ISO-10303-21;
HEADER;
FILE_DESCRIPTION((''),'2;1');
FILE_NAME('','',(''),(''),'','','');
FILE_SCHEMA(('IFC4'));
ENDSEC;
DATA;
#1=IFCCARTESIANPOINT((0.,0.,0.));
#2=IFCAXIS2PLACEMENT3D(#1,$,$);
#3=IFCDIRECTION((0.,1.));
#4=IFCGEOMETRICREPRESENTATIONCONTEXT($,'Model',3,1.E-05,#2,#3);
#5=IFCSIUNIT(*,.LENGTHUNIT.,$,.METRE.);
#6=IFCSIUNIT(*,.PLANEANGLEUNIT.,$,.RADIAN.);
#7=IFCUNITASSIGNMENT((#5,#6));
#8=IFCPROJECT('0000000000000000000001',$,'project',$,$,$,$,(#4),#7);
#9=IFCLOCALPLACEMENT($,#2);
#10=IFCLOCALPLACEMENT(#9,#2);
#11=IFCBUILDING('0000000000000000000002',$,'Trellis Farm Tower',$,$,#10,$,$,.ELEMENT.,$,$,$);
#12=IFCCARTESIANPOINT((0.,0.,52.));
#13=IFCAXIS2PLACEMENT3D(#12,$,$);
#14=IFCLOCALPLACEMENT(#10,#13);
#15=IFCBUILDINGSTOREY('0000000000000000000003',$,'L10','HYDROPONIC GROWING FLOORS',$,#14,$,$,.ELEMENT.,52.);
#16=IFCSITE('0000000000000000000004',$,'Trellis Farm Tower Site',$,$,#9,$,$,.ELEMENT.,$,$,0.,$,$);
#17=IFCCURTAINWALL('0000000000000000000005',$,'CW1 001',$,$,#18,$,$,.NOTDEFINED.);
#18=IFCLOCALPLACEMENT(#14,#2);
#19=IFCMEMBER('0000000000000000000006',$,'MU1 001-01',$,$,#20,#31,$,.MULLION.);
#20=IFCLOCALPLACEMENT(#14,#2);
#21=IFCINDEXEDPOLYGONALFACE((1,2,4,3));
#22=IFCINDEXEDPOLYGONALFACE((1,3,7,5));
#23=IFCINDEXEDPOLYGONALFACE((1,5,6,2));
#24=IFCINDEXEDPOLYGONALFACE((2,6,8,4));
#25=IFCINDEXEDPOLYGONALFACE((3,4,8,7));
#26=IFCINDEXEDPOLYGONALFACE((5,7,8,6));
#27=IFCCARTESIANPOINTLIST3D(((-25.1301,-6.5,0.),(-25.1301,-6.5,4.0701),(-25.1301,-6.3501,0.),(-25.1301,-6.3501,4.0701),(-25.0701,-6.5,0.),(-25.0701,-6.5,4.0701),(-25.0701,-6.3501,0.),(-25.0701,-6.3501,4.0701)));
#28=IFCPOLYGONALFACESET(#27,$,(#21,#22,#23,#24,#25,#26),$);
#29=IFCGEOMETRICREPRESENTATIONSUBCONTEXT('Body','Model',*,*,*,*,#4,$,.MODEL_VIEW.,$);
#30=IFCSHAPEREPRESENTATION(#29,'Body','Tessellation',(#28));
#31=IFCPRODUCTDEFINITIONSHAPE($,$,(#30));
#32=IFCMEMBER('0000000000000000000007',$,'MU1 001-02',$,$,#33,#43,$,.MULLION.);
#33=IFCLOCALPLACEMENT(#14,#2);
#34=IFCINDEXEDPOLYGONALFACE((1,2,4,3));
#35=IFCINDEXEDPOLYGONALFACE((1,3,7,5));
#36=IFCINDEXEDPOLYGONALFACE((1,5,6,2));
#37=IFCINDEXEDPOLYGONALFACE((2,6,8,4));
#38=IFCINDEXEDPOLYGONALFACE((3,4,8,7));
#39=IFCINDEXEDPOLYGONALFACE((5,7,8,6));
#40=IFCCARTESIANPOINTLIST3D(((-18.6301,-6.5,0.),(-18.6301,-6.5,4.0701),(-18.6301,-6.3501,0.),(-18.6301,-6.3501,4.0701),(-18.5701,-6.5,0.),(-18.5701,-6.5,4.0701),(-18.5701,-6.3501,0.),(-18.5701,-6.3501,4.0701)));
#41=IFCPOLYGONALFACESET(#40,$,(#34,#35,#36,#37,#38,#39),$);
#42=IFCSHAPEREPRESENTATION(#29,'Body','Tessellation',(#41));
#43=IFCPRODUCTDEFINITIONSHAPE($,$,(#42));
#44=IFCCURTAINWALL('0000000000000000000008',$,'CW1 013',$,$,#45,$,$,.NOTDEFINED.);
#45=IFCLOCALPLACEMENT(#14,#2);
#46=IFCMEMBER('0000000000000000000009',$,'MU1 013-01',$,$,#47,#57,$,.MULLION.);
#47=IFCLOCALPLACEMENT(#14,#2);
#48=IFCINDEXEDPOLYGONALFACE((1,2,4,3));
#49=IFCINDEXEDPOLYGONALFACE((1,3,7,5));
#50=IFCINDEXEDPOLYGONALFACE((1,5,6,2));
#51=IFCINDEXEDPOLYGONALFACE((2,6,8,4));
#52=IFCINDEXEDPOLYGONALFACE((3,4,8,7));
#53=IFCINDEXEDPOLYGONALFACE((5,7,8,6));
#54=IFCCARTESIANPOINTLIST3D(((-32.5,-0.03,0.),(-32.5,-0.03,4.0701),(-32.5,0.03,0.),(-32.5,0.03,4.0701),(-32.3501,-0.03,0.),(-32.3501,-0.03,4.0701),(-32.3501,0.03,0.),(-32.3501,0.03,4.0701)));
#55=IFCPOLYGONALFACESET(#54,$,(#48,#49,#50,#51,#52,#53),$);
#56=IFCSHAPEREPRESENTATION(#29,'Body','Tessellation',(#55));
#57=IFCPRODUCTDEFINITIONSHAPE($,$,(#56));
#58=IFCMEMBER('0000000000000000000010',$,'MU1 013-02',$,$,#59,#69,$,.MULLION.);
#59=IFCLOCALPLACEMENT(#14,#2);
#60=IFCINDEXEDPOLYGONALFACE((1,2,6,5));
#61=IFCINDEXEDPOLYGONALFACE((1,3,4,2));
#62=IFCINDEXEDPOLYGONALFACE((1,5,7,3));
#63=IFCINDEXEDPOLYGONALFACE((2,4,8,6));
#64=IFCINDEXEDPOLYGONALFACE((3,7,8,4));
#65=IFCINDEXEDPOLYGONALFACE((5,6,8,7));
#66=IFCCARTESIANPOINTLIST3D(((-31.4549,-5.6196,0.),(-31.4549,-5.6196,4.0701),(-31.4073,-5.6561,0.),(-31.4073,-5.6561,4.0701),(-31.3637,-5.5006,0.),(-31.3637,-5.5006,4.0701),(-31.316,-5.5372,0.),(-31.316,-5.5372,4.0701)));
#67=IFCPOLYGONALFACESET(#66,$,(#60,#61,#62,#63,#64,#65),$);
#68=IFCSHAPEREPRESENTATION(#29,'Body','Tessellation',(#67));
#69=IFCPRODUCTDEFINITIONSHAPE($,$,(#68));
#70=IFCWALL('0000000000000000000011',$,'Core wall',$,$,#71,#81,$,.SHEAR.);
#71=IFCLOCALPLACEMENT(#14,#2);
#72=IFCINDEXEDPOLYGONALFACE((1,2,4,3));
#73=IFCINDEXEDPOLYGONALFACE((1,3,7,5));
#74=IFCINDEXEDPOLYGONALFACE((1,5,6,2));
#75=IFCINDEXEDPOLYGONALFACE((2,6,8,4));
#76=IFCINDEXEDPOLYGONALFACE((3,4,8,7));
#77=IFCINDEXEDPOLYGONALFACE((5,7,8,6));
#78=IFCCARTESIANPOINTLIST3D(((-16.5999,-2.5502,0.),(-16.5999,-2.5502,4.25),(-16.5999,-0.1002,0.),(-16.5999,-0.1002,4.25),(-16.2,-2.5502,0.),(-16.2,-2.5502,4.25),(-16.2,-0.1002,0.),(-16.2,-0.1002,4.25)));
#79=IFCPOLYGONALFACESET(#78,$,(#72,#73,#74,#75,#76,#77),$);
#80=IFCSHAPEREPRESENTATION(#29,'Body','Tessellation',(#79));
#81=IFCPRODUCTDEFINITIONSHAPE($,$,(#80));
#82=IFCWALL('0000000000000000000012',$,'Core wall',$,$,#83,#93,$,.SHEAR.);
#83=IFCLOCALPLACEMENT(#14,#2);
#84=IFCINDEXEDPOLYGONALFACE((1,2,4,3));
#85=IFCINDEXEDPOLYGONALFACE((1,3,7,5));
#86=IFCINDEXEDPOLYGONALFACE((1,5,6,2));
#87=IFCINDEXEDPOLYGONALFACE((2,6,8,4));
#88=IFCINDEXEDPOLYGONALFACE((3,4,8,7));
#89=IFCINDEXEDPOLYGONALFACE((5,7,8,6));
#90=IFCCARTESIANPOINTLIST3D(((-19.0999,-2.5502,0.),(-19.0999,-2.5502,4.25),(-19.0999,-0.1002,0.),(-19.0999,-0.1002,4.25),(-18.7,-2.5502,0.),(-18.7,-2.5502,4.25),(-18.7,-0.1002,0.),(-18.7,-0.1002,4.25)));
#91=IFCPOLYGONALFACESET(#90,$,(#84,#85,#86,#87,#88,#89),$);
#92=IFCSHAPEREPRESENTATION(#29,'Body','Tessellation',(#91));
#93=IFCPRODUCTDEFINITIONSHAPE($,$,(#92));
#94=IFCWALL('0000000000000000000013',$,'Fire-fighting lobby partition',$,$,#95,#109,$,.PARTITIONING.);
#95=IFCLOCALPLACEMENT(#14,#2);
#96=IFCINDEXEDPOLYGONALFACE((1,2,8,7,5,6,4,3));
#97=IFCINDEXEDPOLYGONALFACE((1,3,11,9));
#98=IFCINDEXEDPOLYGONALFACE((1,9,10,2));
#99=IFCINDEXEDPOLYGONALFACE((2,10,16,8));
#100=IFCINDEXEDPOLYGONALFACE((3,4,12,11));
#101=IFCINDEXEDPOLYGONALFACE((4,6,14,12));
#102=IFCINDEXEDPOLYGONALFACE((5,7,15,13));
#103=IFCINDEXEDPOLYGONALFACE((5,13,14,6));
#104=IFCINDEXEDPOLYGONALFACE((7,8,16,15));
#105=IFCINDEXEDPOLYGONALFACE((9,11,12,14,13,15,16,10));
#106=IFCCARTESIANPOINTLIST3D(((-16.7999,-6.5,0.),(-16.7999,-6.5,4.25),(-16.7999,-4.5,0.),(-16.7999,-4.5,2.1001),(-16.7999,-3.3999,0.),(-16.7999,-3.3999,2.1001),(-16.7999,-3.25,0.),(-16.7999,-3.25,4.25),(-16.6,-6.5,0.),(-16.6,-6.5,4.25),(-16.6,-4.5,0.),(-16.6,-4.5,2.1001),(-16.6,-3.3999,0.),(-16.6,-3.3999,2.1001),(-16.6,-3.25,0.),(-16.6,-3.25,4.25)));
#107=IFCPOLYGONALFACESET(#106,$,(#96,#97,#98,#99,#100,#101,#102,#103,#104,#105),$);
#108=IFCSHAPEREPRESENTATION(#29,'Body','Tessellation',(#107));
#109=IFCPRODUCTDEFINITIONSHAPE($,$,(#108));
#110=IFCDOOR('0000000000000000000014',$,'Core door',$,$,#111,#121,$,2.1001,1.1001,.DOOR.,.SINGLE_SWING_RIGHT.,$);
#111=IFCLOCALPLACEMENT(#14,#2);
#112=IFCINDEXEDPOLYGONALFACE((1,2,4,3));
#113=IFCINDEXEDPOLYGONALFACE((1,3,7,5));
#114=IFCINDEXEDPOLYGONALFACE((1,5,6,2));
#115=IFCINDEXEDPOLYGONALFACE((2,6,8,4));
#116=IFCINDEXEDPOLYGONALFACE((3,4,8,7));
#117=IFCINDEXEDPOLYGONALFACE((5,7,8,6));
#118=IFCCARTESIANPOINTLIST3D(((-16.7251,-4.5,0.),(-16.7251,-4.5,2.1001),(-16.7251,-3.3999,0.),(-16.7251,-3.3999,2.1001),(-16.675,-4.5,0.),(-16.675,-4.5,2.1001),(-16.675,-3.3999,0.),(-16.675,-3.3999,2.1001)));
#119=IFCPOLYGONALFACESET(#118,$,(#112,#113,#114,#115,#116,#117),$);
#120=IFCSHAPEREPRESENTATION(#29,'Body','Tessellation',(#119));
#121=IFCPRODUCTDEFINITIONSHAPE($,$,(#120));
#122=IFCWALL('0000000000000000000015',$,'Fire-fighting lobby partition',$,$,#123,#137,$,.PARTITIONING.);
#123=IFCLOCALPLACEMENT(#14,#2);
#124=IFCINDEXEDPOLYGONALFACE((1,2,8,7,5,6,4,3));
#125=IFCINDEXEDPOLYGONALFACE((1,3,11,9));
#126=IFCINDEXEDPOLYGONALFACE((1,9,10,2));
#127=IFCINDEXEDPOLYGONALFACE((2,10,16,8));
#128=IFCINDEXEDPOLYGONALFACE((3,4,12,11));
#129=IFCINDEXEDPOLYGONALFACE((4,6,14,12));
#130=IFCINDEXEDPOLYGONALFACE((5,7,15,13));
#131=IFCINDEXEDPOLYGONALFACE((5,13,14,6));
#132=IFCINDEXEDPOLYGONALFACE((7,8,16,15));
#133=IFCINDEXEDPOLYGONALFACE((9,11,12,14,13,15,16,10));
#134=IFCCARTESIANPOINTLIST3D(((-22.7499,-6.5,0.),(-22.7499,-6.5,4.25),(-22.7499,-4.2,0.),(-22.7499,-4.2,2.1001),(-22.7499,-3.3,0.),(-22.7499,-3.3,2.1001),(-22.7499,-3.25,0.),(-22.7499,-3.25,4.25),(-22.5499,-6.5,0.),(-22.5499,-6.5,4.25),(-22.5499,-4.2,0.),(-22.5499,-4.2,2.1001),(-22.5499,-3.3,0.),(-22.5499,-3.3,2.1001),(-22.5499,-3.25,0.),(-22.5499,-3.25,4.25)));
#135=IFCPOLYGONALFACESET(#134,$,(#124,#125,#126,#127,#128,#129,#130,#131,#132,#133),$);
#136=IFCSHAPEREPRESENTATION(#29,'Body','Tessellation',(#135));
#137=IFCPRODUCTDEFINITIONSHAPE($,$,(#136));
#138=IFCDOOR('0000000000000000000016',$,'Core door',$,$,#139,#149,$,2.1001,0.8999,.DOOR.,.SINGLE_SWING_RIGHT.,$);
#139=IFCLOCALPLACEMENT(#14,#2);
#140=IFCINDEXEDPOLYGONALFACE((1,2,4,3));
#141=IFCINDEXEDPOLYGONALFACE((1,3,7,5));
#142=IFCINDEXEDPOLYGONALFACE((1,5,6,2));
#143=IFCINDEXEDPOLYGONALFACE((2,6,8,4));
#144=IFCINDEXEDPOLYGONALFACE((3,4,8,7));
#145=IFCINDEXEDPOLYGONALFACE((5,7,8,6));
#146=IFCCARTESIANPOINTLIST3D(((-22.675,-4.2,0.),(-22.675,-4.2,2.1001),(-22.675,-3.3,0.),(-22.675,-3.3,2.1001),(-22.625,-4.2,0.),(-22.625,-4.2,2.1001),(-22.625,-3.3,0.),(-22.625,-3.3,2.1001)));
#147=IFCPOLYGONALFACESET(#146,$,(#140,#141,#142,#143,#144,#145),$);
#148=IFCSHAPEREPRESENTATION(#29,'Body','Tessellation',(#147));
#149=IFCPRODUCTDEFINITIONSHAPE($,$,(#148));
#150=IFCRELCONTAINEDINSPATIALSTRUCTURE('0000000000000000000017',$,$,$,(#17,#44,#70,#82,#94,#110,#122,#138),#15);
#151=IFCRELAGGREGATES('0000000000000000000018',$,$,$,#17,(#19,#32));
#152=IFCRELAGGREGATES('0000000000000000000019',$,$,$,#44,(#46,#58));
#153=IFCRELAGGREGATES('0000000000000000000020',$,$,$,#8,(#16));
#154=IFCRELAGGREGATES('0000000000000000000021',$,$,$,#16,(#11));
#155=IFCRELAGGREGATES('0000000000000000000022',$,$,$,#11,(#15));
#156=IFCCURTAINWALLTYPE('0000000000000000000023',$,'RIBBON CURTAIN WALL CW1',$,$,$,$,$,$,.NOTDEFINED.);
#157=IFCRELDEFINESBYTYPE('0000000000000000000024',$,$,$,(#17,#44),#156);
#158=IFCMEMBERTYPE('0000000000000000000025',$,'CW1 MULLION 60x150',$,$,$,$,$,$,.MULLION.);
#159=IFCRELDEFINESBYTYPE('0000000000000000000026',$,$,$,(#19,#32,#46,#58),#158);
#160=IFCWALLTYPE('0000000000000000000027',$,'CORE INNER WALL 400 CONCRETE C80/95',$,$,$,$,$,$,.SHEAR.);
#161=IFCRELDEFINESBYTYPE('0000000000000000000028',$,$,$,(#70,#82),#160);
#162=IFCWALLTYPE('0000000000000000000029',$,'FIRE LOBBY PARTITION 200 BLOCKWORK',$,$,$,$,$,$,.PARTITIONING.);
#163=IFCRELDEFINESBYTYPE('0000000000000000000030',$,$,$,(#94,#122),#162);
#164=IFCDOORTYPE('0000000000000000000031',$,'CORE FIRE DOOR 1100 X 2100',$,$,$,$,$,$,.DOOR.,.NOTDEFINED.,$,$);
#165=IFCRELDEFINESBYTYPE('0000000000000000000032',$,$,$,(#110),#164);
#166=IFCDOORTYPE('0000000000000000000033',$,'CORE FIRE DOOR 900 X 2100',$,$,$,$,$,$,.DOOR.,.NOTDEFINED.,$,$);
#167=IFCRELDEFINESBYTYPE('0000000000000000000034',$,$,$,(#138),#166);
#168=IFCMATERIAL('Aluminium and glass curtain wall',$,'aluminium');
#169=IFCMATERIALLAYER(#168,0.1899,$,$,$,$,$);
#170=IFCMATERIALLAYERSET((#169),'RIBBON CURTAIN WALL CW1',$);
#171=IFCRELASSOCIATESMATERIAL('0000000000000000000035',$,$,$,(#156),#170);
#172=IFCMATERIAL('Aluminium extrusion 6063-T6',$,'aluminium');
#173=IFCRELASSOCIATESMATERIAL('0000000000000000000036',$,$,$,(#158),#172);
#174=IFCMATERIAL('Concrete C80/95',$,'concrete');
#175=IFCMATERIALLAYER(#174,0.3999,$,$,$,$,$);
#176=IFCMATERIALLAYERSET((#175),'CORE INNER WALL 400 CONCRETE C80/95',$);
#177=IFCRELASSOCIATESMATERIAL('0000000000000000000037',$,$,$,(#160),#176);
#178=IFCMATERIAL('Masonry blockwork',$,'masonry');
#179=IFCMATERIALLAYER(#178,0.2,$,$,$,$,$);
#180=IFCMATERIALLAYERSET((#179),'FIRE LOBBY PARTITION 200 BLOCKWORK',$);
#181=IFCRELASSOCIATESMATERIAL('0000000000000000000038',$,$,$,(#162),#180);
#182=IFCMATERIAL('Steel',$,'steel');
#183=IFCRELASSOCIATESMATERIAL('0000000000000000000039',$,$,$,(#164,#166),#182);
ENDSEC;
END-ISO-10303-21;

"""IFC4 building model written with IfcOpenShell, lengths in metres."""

from ifc_helpers import new_model, si_unit, direction, frame, frame_2d, origin, origin_2d, place, context, subcontext, project, spatial, rectangle, extrude, source, transform, mapped, material, layer, layer_set, material_profile, profile_set, type_object, element, fill, aggregate, save


model = new_model("IFC4")

# Units and contexts
model_context = context("Model", 3, precision=1e-05, world=origin(), true_north=direction((0.0, 1.0)))
body_context = subcontext(model_context, "Body", "Model", "MODEL_VIEW")
ifc_project = project(units=[si_unit("LENGTHUNIT", "METRE"), si_unit("PLANEANGLEUNIT", "RADIAN")], contexts=[model_context])

# Site, building, storey
site_placement = place(None, origin())
site = spatial("IfcSite", under=ifc_project, at=site_placement, Name="Trellis Farm Tower Site", CompositionType="ELEMENT", RefElevation=0.0)
building_placement = place(site_placement, origin())
building = spatial("IfcBuilding", under=site, at=building_placement, Name="Trellis Farm Tower", CompositionType="ELEMENT")
storey_placement = place(building_placement, frame((0.0, 0.0, 52.0)))
storey = spatial("IfcBuildingStorey", under=building, at=storey_placement, Name="L10", Description="HYDROPONIC GROWING FLOORS", CompositionType="ELEMENT", Elevation=52.0)

# Shared definitions
ifc_material_1 = material(Name="Concrete C80/95", Category="concrete")

# Curtain walls, members
ifc_material_2 = material(Name="Aluminium and glass curtain wall", Category="aluminium")
ifc_layer_1 = layer(ifc_material_2, 0.1899)
ifc_layer_set_1 = layer_set([ifc_layer_1], Name="RIBBON CURTAIN WALL CW1")
curtain_wall_type = type_object("IfcCurtainWallType", Name="RIBBON CURTAIN WALL CW1", PredefinedType="NOTDEFINED", material=ifc_layer_set_1)
placement = place(storey_placement, origin())
curtain_wall_1 = element("IfcCurtainWall", 1, at=placement, inside=storey, type_object=curtain_wall_type, Name="CW1 001", PredefinedType="NOTDEFINED")
ifc_material_3 = material(Name="Aluminium extrusion 6063-T6", Category="aluminium")
ifc_material_profile_1 = material_profile(ifc_material_3, rectangle(XDim=0.0601, YDim=0.1499, at=origin_2d()), Name="MULLION 60x150")
ifc_profile_set_1 = profile_set([ifc_material_profile_1], Name="Aluminium extrusion 6063-T6")
member_type = type_object("IfcMemberType", Name="CW1 MULLION 60x150", PredefinedType="MULLION", material=ifc_profile_set_1)
shared_shape_1 = source(origin(), body_context, "Body", "SweptSolid", [
    extrude(rectangle(XDim=0.0601, YDim=0.1499, at=origin_2d()), origin(), (0.0, 0.0, 1.0), 4.0701),
])
member_1_placement = place(storey_placement, frame((-25.1001, -6.425, 0.0), z_axis=(0.0, 0.0, 1.0), x_axis=(1.0, 0.0, 0.0)))
member_1 = element("IfcMember", 2, at=member_1_placement, type_object=member_type, Name="MU1 001-01", PredefinedType="MULLION", context=body_context, shape_type="MappedRepresentation", body=[
    mapped(shared_shape_1, transform((0.0, 0.0, 0.0))),
])
member_2_placement = place(storey_placement, frame((-18.6001, -6.425, 0.0), z_axis=(0.0, 0.0, 1.0), x_axis=(1.0, 0.0, 0.0)))
member_2 = element("IfcMember", 3, at=member_2_placement, type_object=member_type, Name="MU1 001-02", PredefinedType="MULLION", context=body_context, shape_type="MappedRepresentation", body=[
    mapped(shared_shape_1, transform((0.0, 0.0, 0.0))),
])
aggregate(curtain_wall_1, [member_1, member_2])
curtain_wall_2 = element("IfcCurtainWall", 4, at=placement, inside=storey, type_object=curtain_wall_type, Name="CW1 013", PredefinedType="NOTDEFINED")
member_3_placement = place(storey_placement, frame((-32.425, 0.0, 0.0), z_axis=(0.0, 0.0, 1.0), x_axis=(0.0, -1.0, 0.0)))
member_3 = element("IfcMember", 5, at=member_3_placement, type_object=member_type, Name="MU1 013-01", PredefinedType="MULLION", context=body_context, shape_type="MappedRepresentation", body=[
    mapped(shared_shape_1, transform((0.0, 0.0, 0.0))),
])
member_4_placement = place(storey_placement, frame((-31.3855, -5.5784, 0.0), z_axis=(0.0, 0.0, 1.0), x_axis=(0.793353, -0.608761, 0.0)))
member_4 = element("IfcMember", 6, at=member_4_placement, type_object=member_type, Name="MU1 013-02", PredefinedType="MULLION", context=body_context, shape_type="MappedRepresentation", body=[
    mapped(shared_shape_1, transform((0.0, 0.0, 0.0))),
])
aggregate(curtain_wall_2, [member_3, member_4])

# Walls
ifc_layer_2 = layer(ifc_material_1, 0.3999)
ifc_layer_set_2 = layer_set([ifc_layer_2], Name="CORE INNER WALL 400 CONCRETE C80/95")
wall_type_1 = type_object("IfcWallType", Name="CORE INNER WALL 400 CONCRETE C80/95", PredefinedType="SHEAR", material=ifc_layer_set_2)
shared_shape_2 = source(origin(), body_context, "Body", "SweptSolid", [
    extrude(rectangle(XDim=2.45, YDim=0.3999, at=frame_2d((1.2251, 0.0))), origin(), (0.0, 0.0, 1.0), 4.25),
])
for number, where, z_axis, x_axis, name in (
    (7, (-16.3999, -0.1001, 0.0), (0.0, 0.0, 1.0), (0.0, -1.0, 0.0), "Core wall"),
    (8, (-18.8999, -0.1001, 0.0), (0.0, 0.0, 1.0), (0.0, -1.0, 0.0), "Core wall"),
):
    element("IfcWall", number, at=place(storey_placement, frame(where, z_axis=z_axis, x_axis=x_axis)), inside=storey, type_object=wall_type_1, Name=name, PredefinedType="SHEAR", context=body_context, shape_type="MappedRepresentation", body=[
        mapped(shared_shape_2, transform((0.0, 0.0, 0.0))),
    ])

# Walls, openings, doors
ifc_material_4 = material(Name="Masonry blockwork", Category="masonry")
ifc_layer_3 = layer(ifc_material_4, 0.2)
ifc_layer_set_3 = layer_set([ifc_layer_3], Name="FIRE LOBBY PARTITION 200 BLOCKWORK")
wall_type_2 = type_object("IfcWallType", Name="FIRE LOBBY PARTITION 200 BLOCKWORK", PredefinedType="PARTITIONING", material=ifc_layer_set_3)
shared_shape_3 = source(origin(), body_context, "Body", "SweptSolid", [
    extrude(rectangle(XDim=3.25, YDim=0.2, at=frame_2d((1.625, 0.0))), origin(), (0.0, 0.0, 1.0), 4.25),
])
wall_1_placement = place(storey_placement, frame((-16.7, -3.25, 0.0), z_axis=(0.0, 0.0, 1.0), x_axis=(0.0, -1.0, 0.0)))
wall_1 = element("IfcWall", 9, at=wall_1_placement, inside=storey, type_object=wall_type_2, Name="Fire-fighting lobby partition", PredefinedType="PARTITIONING", context=body_context, shape_type="MappedRepresentation", body=[
    mapped(shared_shape_3, transform((0.0, 0.0, 0.0))),
])
shared_shape_4 = source(origin(), body_context, "Body", "SweptSolid", [
    extrude(rectangle(XDim=1.1001, YDim=2.1001, at=frame_2d((0.55, 1.05))), frame((0.0, 0.1101, 0.0), z_axis=(0.0, -1.0, 0.0), x_axis=(1.0, 0.0, 0.0)), (0.0, 0.0, 1.0), 0.2202),
])
opening_1_placement = place(wall_1_placement, frame((0.1499, 0.0, 0.0)))
opening_1 = element("IfcOpeningElement", 10, at=opening_1_placement, cuts=wall_1, PredefinedType="OPENING", context=body_context, shape_type="MappedRepresentation", body=[
    mapped(shared_shape_4, transform((0.0, 0.0, 0.0))),
])
ifc_material_5 = material(Name="Steel", Category="steel")
door_type_1 = type_object("IfcDoorType", Name="CORE FIRE DOOR 1100 X 2100", OperationType="NOTDEFINED", PredefinedType="DOOR", material=ifc_material_5)
shared_shape_5 = source(origin(), body_context, "Body", "SweptSolid", [
    extrude(rectangle(XDim=1.1001, YDim=2.1001, at=frame_2d((0.55, 1.05))), frame((0.0, 0.0249, 0.0), z_axis=(0.0, -1.0, 0.0), x_axis=(1.0, 0.0, 0.0)), (0.0, 0.0, 1.0), 0.05),
])
door_1_placement = place(opening_1_placement, origin())
door_1 = element("IfcDoor", 11, at=door_1_placement, inside=storey, type_object=door_type_1, Name="Core door", OperationType="SINGLE_SWING_RIGHT", OverallHeight=2.1001, OverallWidth=1.1001, PredefinedType="DOOR", context=body_context, shape_type="MappedRepresentation", body=[
    mapped(shared_shape_5, transform((0.0, 0.0, 0.0))),
])
fill(opening_1, door_1)
wall_2_placement = place(storey_placement, frame((-22.6499, -3.25, 0.0), z_axis=(0.0, 0.0, 1.0), x_axis=(0.0, -1.0, 0.0)))
wall_2 = element("IfcWall", 12, at=wall_2_placement, inside=storey, type_object=wall_type_2, Name="Fire-fighting lobby partition", PredefinedType="PARTITIONING", context=body_context, shape_type="MappedRepresentation", body=[
    mapped(shared_shape_3, transform((0.0, 0.0, 0.0))),
])
shared_shape_6 = source(origin(), body_context, "Body", "SweptSolid", [
    extrude(rectangle(XDim=0.8999, YDim=2.1001, at=frame_2d((0.45, 1.05))), frame((0.0, 0.1101, 0.0), z_axis=(0.0, -1.0, 0.0), x_axis=(1.0, 0.0, 0.0)), (0.0, 0.0, 1.0), 0.2202),
])
opening_2_placement = place(wall_2_placement, frame((0.05, 0.0, 0.0)))
opening_2 = element("IfcOpeningElement", 13, at=opening_2_placement, cuts=wall_2, PredefinedType="OPENING", context=body_context, shape_type="MappedRepresentation", body=[
    mapped(shared_shape_6, transform((0.0, 0.0, 0.0))),
])
door_type_2 = type_object("IfcDoorType", Name="CORE FIRE DOOR 900 X 2100", OperationType="NOTDEFINED", PredefinedType="DOOR", material=ifc_material_5)
shared_shape_7 = source(origin(), body_context, "Body", "SweptSolid", [
    extrude(rectangle(XDim=0.8999, YDim=2.1001, at=frame_2d((0.45, 1.05))), frame((0.0, 0.0249, 0.0), z_axis=(0.0, -1.0, 0.0), x_axis=(1.0, 0.0, 0.0)), (0.0, 0.0, 1.0), 0.05),
])
door_2_placement = place(opening_2_placement, origin())
door_2 = element("IfcDoor", 14, at=door_2_placement, inside=storey, type_object=door_type_2, Name="Core door", OperationType="SINGLE_SWING_RIGHT", OverallHeight=2.1001, OverallWidth=0.8999, PredefinedType="DOOR", context=body_context, shape_type="MappedRepresentation", body=[
    mapped(shared_shape_7, transform((0.0, 0.0, 0.0))),
])
fill(opening_2, door_2)

save(model, "model.ifc")
